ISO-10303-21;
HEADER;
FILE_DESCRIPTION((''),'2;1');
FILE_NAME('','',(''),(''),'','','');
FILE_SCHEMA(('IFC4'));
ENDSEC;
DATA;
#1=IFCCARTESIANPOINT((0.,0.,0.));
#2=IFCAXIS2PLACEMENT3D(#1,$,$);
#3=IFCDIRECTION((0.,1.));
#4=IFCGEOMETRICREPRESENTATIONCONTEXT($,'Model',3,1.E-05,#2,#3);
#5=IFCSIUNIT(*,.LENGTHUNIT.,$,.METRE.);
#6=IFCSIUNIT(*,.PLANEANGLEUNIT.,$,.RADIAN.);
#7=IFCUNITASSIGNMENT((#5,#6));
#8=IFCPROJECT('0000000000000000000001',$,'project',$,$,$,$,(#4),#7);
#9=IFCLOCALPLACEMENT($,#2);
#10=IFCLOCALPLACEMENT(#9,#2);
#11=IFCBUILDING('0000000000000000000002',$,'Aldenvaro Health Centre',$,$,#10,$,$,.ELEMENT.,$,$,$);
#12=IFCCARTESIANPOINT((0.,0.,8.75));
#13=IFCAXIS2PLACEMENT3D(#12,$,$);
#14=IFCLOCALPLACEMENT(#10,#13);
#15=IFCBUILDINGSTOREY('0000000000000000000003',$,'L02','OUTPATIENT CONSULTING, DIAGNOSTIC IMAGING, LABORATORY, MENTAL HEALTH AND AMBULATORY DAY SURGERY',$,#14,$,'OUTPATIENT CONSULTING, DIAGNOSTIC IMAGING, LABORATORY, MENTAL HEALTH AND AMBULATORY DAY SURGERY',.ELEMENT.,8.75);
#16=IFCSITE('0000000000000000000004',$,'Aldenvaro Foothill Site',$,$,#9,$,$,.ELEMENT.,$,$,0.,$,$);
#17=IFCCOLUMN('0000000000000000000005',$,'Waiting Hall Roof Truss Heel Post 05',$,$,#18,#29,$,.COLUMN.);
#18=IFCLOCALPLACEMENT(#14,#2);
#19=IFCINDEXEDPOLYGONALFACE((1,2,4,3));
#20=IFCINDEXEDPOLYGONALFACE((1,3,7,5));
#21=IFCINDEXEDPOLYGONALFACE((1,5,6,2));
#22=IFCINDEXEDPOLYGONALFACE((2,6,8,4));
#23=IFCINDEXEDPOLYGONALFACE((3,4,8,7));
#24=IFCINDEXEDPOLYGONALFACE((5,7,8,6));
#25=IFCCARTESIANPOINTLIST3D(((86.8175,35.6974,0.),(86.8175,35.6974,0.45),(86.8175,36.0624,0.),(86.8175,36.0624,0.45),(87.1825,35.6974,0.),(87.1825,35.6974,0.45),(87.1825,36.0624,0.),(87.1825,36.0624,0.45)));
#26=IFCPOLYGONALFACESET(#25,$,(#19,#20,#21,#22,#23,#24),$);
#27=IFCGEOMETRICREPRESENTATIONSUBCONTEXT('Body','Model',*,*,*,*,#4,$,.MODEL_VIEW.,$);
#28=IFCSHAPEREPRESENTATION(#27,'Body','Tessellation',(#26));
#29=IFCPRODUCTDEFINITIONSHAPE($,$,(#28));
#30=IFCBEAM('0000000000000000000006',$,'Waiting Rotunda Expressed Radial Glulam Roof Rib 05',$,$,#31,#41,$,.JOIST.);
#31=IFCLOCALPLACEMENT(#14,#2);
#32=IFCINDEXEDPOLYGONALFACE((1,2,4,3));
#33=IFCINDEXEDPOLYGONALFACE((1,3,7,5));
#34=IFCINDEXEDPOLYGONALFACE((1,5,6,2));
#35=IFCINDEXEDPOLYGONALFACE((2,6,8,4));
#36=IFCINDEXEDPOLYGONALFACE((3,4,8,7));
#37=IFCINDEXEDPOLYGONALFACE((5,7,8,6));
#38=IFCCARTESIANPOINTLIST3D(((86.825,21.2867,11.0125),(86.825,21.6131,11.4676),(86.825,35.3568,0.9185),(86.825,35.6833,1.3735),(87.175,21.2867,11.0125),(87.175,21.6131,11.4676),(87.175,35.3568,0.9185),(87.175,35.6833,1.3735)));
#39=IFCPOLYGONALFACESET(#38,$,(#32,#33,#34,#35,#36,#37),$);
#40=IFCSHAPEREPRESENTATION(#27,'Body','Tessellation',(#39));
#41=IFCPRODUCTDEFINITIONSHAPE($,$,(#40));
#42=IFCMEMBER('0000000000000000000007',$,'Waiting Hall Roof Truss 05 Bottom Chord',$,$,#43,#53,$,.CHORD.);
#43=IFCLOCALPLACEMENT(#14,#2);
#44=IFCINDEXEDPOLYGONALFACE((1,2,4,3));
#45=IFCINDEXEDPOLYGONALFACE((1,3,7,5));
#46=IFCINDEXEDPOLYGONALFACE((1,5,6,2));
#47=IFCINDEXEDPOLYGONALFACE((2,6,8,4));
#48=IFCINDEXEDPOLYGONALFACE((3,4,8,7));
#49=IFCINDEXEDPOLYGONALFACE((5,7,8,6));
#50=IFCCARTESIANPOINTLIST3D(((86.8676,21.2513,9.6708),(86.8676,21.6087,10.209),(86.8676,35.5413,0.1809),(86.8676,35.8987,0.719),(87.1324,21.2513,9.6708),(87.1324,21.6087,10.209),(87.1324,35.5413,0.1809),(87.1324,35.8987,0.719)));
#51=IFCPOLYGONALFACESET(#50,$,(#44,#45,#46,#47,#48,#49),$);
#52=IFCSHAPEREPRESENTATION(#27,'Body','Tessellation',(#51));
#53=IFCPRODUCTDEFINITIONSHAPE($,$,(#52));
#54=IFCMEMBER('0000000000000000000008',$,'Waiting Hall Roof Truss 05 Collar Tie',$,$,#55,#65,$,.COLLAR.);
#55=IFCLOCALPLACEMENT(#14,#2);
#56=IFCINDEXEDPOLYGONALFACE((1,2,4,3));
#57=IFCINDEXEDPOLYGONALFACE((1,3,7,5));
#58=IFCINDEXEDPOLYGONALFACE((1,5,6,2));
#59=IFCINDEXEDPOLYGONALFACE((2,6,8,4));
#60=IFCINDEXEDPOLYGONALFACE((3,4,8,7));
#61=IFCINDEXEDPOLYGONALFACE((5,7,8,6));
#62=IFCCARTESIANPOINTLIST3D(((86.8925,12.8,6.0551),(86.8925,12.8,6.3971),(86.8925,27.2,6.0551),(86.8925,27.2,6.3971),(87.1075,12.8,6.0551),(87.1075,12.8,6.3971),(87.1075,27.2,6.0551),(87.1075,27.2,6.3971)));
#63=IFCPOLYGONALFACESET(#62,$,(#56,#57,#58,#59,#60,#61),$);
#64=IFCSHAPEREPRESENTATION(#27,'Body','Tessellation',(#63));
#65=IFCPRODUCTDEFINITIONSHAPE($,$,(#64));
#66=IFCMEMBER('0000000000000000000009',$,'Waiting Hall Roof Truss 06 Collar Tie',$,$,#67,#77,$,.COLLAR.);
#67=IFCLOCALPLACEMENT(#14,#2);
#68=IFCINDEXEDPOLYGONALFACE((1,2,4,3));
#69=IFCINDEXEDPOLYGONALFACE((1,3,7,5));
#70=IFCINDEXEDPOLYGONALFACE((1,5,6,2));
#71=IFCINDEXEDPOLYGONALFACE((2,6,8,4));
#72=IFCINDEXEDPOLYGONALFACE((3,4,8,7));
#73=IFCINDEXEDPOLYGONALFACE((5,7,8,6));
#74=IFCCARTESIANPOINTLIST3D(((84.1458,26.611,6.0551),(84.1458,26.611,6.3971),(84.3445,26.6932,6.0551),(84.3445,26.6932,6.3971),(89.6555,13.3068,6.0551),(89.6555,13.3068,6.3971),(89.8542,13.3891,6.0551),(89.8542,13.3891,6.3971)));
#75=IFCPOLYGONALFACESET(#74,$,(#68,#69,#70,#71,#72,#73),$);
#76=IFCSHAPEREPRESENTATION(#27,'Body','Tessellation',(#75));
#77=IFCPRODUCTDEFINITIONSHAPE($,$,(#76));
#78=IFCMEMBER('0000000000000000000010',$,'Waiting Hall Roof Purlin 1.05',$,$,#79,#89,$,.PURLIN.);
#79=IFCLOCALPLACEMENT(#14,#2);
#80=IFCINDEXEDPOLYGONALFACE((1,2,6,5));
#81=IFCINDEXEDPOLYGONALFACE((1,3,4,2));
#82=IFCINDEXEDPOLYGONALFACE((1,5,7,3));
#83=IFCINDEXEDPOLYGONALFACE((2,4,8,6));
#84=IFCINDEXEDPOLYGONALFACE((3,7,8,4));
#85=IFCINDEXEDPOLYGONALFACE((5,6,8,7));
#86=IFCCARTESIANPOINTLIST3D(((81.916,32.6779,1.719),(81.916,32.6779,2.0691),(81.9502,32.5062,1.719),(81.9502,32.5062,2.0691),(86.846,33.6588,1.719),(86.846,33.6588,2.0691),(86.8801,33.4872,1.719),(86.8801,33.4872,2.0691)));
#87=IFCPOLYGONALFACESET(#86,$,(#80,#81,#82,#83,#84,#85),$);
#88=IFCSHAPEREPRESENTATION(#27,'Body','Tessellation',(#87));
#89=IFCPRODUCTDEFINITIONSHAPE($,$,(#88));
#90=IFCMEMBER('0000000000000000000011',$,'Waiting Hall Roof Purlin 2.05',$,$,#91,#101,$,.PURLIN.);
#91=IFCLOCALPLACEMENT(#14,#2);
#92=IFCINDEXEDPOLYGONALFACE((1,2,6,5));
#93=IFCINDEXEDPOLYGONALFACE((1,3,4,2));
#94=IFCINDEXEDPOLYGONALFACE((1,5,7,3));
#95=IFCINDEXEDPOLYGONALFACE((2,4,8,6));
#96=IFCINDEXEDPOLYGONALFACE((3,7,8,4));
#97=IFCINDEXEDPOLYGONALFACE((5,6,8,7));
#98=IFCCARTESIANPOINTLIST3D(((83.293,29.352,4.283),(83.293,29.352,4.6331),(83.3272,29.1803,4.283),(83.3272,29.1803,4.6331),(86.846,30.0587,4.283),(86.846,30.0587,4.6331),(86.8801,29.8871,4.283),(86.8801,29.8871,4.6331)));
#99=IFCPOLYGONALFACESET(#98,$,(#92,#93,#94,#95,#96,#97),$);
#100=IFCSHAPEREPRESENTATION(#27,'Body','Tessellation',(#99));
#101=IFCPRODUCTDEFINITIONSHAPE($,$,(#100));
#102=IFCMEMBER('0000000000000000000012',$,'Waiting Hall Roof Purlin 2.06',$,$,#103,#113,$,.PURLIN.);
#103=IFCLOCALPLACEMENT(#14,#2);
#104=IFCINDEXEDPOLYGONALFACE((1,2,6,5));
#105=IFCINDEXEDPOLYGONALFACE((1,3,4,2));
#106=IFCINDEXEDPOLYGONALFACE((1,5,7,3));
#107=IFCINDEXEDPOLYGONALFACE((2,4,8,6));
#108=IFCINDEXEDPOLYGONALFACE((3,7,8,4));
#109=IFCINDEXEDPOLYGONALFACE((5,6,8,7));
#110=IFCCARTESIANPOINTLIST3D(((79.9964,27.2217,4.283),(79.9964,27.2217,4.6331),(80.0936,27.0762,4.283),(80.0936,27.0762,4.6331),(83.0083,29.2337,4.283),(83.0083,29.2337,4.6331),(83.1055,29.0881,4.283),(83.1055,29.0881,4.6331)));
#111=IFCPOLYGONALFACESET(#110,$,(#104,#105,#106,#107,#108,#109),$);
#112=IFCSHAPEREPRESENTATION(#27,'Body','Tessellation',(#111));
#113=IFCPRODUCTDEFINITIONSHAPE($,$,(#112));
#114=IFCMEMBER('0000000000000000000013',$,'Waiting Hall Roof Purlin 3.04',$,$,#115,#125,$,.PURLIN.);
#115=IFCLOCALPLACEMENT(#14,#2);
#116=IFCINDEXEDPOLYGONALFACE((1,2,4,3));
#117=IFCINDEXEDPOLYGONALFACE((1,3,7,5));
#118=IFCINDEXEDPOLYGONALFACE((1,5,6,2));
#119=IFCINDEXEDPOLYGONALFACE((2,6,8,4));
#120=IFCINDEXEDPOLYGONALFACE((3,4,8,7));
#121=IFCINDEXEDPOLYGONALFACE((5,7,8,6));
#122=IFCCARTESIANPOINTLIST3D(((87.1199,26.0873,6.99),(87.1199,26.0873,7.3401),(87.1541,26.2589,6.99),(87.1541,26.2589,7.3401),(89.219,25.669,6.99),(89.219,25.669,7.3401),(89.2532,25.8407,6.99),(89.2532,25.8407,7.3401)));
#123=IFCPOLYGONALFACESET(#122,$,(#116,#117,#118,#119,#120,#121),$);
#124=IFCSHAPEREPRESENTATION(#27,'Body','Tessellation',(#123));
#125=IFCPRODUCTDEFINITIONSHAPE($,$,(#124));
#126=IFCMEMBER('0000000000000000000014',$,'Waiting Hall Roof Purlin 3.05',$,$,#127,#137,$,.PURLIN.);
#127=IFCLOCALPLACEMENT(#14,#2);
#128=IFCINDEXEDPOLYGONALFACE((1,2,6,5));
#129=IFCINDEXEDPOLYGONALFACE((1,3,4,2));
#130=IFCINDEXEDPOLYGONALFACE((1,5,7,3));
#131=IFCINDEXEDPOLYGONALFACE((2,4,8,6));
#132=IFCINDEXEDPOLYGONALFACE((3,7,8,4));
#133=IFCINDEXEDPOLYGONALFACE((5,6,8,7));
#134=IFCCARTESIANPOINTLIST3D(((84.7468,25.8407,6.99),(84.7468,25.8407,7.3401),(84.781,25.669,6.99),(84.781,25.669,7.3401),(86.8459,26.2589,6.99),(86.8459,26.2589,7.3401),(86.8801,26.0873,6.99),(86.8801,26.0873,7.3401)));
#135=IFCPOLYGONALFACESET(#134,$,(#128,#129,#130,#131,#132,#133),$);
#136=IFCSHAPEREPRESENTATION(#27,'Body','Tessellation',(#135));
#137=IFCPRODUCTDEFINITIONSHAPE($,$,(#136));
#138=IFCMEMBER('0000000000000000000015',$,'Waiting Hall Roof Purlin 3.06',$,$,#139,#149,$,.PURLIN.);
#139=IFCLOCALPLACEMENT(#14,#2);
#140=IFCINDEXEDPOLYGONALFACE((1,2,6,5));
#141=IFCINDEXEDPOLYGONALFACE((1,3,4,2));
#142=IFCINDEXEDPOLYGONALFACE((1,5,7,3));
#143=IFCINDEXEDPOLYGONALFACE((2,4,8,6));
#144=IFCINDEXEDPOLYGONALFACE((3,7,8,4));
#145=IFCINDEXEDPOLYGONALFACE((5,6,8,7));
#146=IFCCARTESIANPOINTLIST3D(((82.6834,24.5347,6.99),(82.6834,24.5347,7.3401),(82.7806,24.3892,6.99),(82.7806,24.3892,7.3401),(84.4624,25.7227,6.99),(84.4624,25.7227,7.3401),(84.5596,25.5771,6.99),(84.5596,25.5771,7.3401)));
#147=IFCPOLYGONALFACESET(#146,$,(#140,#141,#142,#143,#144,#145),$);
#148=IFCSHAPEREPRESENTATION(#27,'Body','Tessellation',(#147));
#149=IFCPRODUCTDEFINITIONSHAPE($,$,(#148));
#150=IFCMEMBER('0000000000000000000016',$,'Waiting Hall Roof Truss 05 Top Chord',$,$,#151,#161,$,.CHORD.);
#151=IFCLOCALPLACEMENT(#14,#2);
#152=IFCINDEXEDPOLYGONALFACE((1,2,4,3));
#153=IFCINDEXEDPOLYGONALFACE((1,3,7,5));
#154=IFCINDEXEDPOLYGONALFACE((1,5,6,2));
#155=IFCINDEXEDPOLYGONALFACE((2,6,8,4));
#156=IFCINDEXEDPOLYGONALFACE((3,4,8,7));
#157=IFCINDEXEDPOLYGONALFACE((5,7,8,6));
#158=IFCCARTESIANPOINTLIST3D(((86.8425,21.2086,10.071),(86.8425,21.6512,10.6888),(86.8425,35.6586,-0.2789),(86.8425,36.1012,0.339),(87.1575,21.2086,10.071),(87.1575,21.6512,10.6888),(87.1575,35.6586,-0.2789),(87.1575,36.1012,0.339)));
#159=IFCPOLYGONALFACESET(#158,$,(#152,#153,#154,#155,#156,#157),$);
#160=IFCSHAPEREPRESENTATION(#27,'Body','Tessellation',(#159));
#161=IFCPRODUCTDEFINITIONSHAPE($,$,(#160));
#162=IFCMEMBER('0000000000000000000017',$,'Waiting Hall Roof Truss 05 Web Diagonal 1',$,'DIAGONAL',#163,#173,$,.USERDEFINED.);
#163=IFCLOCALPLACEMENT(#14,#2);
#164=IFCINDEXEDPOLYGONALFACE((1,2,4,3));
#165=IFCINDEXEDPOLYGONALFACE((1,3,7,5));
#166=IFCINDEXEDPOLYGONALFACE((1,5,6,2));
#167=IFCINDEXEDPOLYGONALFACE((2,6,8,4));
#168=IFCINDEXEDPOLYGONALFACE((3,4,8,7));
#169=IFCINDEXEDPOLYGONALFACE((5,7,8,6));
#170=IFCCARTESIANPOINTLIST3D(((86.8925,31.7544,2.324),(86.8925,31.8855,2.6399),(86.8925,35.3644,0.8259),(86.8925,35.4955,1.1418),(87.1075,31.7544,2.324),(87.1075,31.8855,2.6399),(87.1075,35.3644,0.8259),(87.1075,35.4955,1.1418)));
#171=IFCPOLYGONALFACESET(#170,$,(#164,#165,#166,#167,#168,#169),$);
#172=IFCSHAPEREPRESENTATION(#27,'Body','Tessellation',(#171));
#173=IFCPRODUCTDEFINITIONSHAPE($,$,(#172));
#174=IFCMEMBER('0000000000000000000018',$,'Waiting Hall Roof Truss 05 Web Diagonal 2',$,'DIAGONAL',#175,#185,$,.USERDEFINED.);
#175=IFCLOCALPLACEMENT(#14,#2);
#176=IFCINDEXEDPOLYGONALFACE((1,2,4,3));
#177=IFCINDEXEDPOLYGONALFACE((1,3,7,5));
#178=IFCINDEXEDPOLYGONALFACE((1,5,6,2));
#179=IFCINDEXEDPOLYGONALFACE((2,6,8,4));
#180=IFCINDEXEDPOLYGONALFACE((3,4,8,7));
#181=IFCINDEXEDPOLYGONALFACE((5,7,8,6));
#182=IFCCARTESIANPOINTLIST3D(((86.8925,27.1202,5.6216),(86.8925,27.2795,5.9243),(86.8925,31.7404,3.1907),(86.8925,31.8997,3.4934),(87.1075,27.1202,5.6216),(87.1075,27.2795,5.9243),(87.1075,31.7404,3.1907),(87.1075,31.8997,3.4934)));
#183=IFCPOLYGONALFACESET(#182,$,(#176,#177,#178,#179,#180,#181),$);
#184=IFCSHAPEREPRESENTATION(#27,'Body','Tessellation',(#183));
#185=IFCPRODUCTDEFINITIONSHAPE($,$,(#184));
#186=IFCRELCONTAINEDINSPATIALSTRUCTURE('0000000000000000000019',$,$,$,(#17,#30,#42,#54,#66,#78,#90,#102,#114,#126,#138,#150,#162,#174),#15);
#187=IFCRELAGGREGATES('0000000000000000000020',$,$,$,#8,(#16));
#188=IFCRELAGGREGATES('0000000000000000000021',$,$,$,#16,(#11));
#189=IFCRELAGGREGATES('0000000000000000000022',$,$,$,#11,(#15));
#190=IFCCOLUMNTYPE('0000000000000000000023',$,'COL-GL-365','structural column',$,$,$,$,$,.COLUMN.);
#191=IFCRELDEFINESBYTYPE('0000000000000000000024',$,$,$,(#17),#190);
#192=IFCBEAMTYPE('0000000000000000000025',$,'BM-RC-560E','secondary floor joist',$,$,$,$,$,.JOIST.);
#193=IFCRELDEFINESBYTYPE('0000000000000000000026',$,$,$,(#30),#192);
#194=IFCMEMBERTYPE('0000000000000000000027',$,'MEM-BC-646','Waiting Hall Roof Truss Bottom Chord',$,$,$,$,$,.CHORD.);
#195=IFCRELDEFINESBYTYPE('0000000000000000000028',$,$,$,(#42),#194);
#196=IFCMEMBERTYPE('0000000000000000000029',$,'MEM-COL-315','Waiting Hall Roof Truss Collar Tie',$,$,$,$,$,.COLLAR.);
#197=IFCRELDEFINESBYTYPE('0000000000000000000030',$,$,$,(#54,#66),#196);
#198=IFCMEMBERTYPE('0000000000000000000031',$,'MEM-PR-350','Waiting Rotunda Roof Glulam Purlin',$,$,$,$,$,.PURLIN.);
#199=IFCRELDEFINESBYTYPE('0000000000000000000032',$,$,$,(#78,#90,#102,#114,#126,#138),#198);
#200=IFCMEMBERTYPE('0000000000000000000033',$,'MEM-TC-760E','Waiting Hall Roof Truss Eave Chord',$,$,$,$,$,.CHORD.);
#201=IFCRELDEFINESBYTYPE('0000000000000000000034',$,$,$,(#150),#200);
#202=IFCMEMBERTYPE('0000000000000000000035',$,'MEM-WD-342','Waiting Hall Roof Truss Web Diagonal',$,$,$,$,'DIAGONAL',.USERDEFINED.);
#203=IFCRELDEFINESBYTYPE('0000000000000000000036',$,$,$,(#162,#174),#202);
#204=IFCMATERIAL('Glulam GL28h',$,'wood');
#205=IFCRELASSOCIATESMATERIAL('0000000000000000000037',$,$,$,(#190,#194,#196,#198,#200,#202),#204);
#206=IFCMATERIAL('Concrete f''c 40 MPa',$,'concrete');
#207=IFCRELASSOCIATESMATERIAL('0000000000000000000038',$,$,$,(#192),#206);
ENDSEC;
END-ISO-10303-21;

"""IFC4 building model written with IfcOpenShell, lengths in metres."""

from ifc_helpers import new_model, si_unit, direction, frame, origin, origin_2d, place, context, subcontext, project, spatial, rectangle, extrude, material, material_profile, profile_set, type_object, element, save


model = new_model("IFC4")

# Units and contexts
model_context = context("Model", 3, precision=1e-05, world=origin(), true_north=direction((0.0, 1.0)))
body_context = subcontext(model_context, "Body", "Model", "MODEL_VIEW")
ifc_project = project(units=[si_unit("LENGTHUNIT", "METRE"), si_unit("PLANEANGLEUNIT", "RADIAN")], contexts=[model_context])

# Site, building, storey
site_placement = place(None, origin())
site = spatial("IfcSite", under=ifc_project, at=site_placement, Name="Aldenvaro Foothill Site", CompositionType="ELEMENT", RefElevation=0.0)
building_placement = place(site_placement, origin())
building = spatial("IfcBuilding", under=site, at=building_placement, Name="Aldenvaro Health Centre", CompositionType="ELEMENT")
storey_placement = place(building_placement, frame((0.0, 0.0, 8.75)))
storey = spatial("IfcBuildingStorey", under=building, at=storey_placement, Name="L02", Description="OUTPATIENT CONSULTING, DIAGNOSTIC IMAGING, LABORATORY, MENTAL HEALTH AND AMBULATORY DAY SURGERY", LongName="OUTPATIENT CONSULTING, DIAGNOSTIC IMAGING, LABORATORY, MENTAL HEALTH AND AMBULATORY DAY SURGERY", CompositionType="ELEMENT", Elevation=8.75)

# Column
ifc_material_1 = material(Name="Glulam GL28h", Category="wood")
ifc_material_profile_1 = material_profile(ifc_material_1, rectangle(XDim=0.365, YDim=0.365, at=origin_2d()), Name="GL 365x365", Category="wood")
ifc_profile_set_1 = profile_set([ifc_material_profile_1], Name="Glulam GL28h")
column_type = type_object("IfcColumnType", Name="COL-GL-365", Description="structural column", PredefinedType="COLUMN", material=ifc_profile_set_1)
column_placement = place(storey_placement, frame((87.0, 35.8799, 0.0), z_axis=(0.0, 0.0, 1.0), x_axis=(1.0, 0.0, 0.0)))
element("IfcColumn", 1, at=column_placement, inside=storey, type_object=column_type, Name="Waiting Hall Roof Truss Heel Post 05", PredefinedType="COLUMN", context=body_context, shape_type="SweptSolid", body=[
    extrude(rectangle(XDim=0.365, YDim=0.365, at=origin_2d()), origin(), (0.0, 0.0, 1.0), 0.45),
])

# Beam
ifc_material_2 = material(Name="Concrete f'c 40 MPa", Category="concrete")
ifc_material_profile_2 = material_profile(ifc_material_2, rectangle(XDim=0.3501, YDim=0.5601, at=origin_2d()), Name="RC 350x560", Category="concrete")
ifc_profile_set_2 = profile_set([ifc_material_profile_2], Name="Concrete f'c 40 MPa")
beam_type = type_object("IfcBeamType", Name="BM-RC-560E", Description="secondary floor joist", PredefinedType="JOIST", material=ifc_profile_set_2)
beam_placement = place(storey_placement, frame((87.0, 35.52, 1.146), z_axis=(0.0, -0.812531, 0.582917), x_axis=(1.0, 0.0, 0.0)))
element("IfcBeam", 2, at=beam_placement, inside=storey, type_object=beam_type, Name="Waiting Rotunda Expressed Radial Glulam Roof Rib 05", PredefinedType="JOIST", context=body_context, shape_type="SweptSolid", body=[
    extrude(rectangle(XDim=0.3501, YDim=0.5601, at=origin_2d()), origin(), (0.0, 0.0, 1.0), 17.3164),
])

# Members
ifc_material_profile_3 = material_profile(ifc_material_1, rectangle(XDim=0.2649, YDim=0.646, at=origin_2d()), Name="GL 265x646", Category="wood")
ifc_profile_set_3 = profile_set([ifc_material_profile_3], Name="Glulam GL28h")
member_type_1 = type_object("IfcMemberType", Name="MEM-BC-646", Description="Waiting Hall Roof Truss Bottom Chord", PredefinedType="CHORD", material=ifc_profile_set_3)
member_1_placement = place(storey_placement, frame((87.0, 35.72, 0.45), z_axis=(0.0, -0.833036, 0.553218), x_axis=(1.0, 0.0, 0.0)))
element("IfcMember", 3, at=member_1_placement, inside=storey, type_object=member_type_1, Name="Waiting Hall Roof Truss 05 Bottom Chord", PredefinedType="CHORD", context=body_context, shape_type="SweptSolid", body=[
    extrude(rectangle(XDim=0.2649, YDim=0.646, at=origin_2d()), origin(), (0.0, 0.0, 1.0), 17.1541),
])
ifc_material_profile_4 = material_profile(ifc_material_1, rectangle(XDim=0.2151, YDim=0.342, at=origin_2d()), Name="GL 215x342", Category="wood")
ifc_profile_set_4 = profile_set([ifc_material_profile_4], Name="Glulam GL28h")
member_type_2 = type_object("IfcMemberType", Name="MEM-COL-315", Description="Waiting Hall Roof Truss Collar Tie", PredefinedType="COLLAR", material=ifc_profile_set_4)
for number, where, z_axis, x_axis, name in (
    (4, (87.0, 27.2, 6.2261), (0.0, -1.0, 0.0), (1.0, 0.0, 0.0), "Waiting Hall Roof Truss 05 Collar Tie"),
    (5, (84.2451, 26.6521, 6.2261), (0.382623, -0.923904, 0.0), (0.923904, 0.382623, 0.0), "Waiting Hall Roof Truss 06 Collar Tie"),
):
    element("IfcMember", number, at=place(storey_placement, frame(where, z_axis=z_axis, x_axis=x_axis)), inside=storey, type_object=member_type_2, Name=name, PredefinedType="COLLAR", context=body_context, shape_type="SweptSolid", body=[
        extrude(rectangle(XDim=0.2151, YDim=0.342, at=origin_2d()), origin(), (0.0, 0.0, 1.0), 14.3999),
    ])
ifc_material_profile_5 = material_profile(ifc_material_1, rectangle(XDim=0.175, YDim=0.3501, at=origin_2d()), Name="GL 175x350", Category="wood")
ifc_profile_set_5 = profile_set([ifc_material_profile_5], Name="Glulam GL28h")
member_type_3 = type_object("IfcMemberType", Name="MEM-PR-350", Description="Waiting Rotunda Roof Glulam Purlin", PredefinedType="PURLIN", material=ifc_profile_set_5)
member_2_placement = place(storey_placement, frame((86.863, 33.573, 1.894), z_axis=(-0.980773, -0.195154, 0.0), x_axis=(0.195154, -0.980773, 0.0)))
element("IfcMember", 6, at=member_2_placement, inside=storey, type_object=member_type_3, Name="Waiting Hall Roof Purlin 1.05", PredefinedType="PURLIN", context=body_context, shape_type="SweptSolid", body=[
    extrude(rectangle(XDim=0.175, YDim=0.3501, at=origin_2d()), origin(), (0.0, 0.0, 1.0), 5.0266),
])
member_3_placement = place(storey_placement, frame((86.863, 29.9729, 4.458), z_axis=(-0.980782, -0.195105, 0.0), x_axis=(0.195105, -0.980782, 0.0)))
element("IfcMember", 7, at=member_3_placement, inside=storey, type_object=member_type_3, Name="Waiting Hall Roof Purlin 2.05", PredefinedType="PURLIN", context=body_context, shape_type="SweptSolid", body=[
    extrude(rectangle(XDim=0.175, YDim=0.3501, at=origin_2d()), origin(), (0.0, 0.0, 1.0), 3.6226),
])
member_4_placement = place(storey_placement, frame((83.0569, 29.1609, 4.458), z_axis=(-0.831542, -0.555462, 0.0), x_axis=(0.555462, -0.831542, 0.0)))
element("IfcMember", 8, at=member_4_placement, inside=storey, type_object=member_type_3, Name="Waiting Hall Roof Purlin 2.06", PredefinedType="PURLIN", context=body_context, shape_type="SweptSolid", body=[
    extrude(rectangle(XDim=0.175, YDim=0.3501, at=origin_2d()), origin(), (0.0, 0.0, 1.0), 3.6221),
])
for number, where, z_axis, x_axis, name in (
    (9, (89.2361, 25.7549, 7.165), (-0.980725, 0.195392, 0.0), (-0.195392, -0.980725, 0.0), "Waiting Hall Roof Purlin 3.04"),
    (10, (86.863, 26.1731, 7.165), (-0.980725, -0.195392, 0.0), (0.195392, -0.980725, 0.0), "Waiting Hall Roof Purlin 3.05"),
):
    element("IfcMember", number, at=place(storey_placement, frame(where, z_axis=z_axis, x_axis=x_axis)), inside=storey, type_object=member_type_3, Name=name, PredefinedType="PURLIN", context=body_context, shape_type="SweptSolid", body=[
        extrude(rectangle(XDim=0.175, YDim=0.3501, at=origin_2d()), origin(), (0.0, 0.0, 1.0), 2.1404),
    ])
member_5_placement = place(storey_placement, frame((84.511, 25.6499, 7.165), z_axis=(-0.831629, -0.555332, 0.0), x_axis=(0.555332, -0.831629, 0.0)))
element("IfcMember", 11, at=member_5_placement, inside=storey, type_object=member_type_3, Name="Waiting Hall Roof Purlin 3.06", PredefinedType="PURLIN", context=body_context, shape_type="SweptSolid", body=[
    extrude(rectangle(XDim=0.175, YDim=0.3501, at=origin_2d()), origin(), (0.0, 0.0, 1.0), 2.1392),
])
ifc_material_profile_6 = material_profile(ifc_material_1, rectangle(XDim=0.3149, YDim=0.76, at=origin_2d()), Name="GL 315x760", Category="wood")
ifc_profile_set_6 = profile_set([ifc_material_profile_6], Name="Glulam GL28h")
member_type_4 = type_object("IfcMemberType", Name="MEM-TC-760E", Description="Waiting Hall Roof Truss Eave Chord", PredefinedType="CHORD", material=ifc_profile_set_6)
member_6_placement = place(storey_placement, frame((87.0, 35.8799, 0.03), z_axis=(0.0, -0.812975, 0.582298), x_axis=(1.0, 0.0, 0.0)))
element("IfcMember", 12, at=member_6_placement, inside=storey, type_object=member_type_4, Name="Waiting Hall Roof Truss 05 Top Chord", PredefinedType="CHORD", context=body_context, shape_type="SweptSolid", body=[
    extrude(rectangle(XDim=0.3149, YDim=0.76, at=origin_2d()), origin(), (0.0, 0.0, 1.0), 17.7742),
])
ifc_material_profile_7 = material_profile(ifc_material_1, rectangle(XDim=0.2151, YDim=0.342, at=origin_2d()), Name="GL 215x342", Category="wood")
ifc_profile_set_7 = profile_set([ifc_material_profile_7], Name="Glulam GL28h")
member_type_5 = type_object("IfcMemberType", Name="MEM-WD-342", Description="Waiting Hall Roof Truss Web Diagonal", ElementType="DIAGONAL", PredefinedType="USERDEFINED", material=ifc_profile_set_7)
member_7_placement = place(storey_placement, frame((87.0, 35.4299, 0.9839), z_axis=(0.0, -0.923627, 0.383293), x_axis=(1.0, 0.0, 0.0)))
element("IfcMember", 13, at=member_7_placement, inside=storey, type_object=member_type_5, Name="Waiting Hall Roof Truss 05 Web Diagonal 1", ObjectType="DIAGONAL", PredefinedType="USERDEFINED", context=body_context, shape_type="SweptSolid", body=[
    extrude(rectangle(XDim=0.2151, YDim=0.342, at=origin_2d()), origin(), (0.0, 0.0, 1.0), 3.9084),
])
member_8_placement = place(storey_placement, frame((87.0, 31.8201, 3.342), z_axis=(0.0, -0.884976, 0.465637), x_axis=(1.0, 0.0, 0.0)))
element("IfcMember", 14, at=member_8_placement, inside=storey, type_object=member_type_5, Name="Waiting Hall Roof Truss 05 Web Diagonal 2", ObjectType="DIAGONAL", PredefinedType="USERDEFINED", context=body_context, shape_type="SweptSolid", body=[
    extrude(rectangle(XDim=0.2151, YDim=0.342, at=origin_2d()), origin(), (0.0, 0.0, 1.0), 5.2207),
])

save(model, "model.ifc")
